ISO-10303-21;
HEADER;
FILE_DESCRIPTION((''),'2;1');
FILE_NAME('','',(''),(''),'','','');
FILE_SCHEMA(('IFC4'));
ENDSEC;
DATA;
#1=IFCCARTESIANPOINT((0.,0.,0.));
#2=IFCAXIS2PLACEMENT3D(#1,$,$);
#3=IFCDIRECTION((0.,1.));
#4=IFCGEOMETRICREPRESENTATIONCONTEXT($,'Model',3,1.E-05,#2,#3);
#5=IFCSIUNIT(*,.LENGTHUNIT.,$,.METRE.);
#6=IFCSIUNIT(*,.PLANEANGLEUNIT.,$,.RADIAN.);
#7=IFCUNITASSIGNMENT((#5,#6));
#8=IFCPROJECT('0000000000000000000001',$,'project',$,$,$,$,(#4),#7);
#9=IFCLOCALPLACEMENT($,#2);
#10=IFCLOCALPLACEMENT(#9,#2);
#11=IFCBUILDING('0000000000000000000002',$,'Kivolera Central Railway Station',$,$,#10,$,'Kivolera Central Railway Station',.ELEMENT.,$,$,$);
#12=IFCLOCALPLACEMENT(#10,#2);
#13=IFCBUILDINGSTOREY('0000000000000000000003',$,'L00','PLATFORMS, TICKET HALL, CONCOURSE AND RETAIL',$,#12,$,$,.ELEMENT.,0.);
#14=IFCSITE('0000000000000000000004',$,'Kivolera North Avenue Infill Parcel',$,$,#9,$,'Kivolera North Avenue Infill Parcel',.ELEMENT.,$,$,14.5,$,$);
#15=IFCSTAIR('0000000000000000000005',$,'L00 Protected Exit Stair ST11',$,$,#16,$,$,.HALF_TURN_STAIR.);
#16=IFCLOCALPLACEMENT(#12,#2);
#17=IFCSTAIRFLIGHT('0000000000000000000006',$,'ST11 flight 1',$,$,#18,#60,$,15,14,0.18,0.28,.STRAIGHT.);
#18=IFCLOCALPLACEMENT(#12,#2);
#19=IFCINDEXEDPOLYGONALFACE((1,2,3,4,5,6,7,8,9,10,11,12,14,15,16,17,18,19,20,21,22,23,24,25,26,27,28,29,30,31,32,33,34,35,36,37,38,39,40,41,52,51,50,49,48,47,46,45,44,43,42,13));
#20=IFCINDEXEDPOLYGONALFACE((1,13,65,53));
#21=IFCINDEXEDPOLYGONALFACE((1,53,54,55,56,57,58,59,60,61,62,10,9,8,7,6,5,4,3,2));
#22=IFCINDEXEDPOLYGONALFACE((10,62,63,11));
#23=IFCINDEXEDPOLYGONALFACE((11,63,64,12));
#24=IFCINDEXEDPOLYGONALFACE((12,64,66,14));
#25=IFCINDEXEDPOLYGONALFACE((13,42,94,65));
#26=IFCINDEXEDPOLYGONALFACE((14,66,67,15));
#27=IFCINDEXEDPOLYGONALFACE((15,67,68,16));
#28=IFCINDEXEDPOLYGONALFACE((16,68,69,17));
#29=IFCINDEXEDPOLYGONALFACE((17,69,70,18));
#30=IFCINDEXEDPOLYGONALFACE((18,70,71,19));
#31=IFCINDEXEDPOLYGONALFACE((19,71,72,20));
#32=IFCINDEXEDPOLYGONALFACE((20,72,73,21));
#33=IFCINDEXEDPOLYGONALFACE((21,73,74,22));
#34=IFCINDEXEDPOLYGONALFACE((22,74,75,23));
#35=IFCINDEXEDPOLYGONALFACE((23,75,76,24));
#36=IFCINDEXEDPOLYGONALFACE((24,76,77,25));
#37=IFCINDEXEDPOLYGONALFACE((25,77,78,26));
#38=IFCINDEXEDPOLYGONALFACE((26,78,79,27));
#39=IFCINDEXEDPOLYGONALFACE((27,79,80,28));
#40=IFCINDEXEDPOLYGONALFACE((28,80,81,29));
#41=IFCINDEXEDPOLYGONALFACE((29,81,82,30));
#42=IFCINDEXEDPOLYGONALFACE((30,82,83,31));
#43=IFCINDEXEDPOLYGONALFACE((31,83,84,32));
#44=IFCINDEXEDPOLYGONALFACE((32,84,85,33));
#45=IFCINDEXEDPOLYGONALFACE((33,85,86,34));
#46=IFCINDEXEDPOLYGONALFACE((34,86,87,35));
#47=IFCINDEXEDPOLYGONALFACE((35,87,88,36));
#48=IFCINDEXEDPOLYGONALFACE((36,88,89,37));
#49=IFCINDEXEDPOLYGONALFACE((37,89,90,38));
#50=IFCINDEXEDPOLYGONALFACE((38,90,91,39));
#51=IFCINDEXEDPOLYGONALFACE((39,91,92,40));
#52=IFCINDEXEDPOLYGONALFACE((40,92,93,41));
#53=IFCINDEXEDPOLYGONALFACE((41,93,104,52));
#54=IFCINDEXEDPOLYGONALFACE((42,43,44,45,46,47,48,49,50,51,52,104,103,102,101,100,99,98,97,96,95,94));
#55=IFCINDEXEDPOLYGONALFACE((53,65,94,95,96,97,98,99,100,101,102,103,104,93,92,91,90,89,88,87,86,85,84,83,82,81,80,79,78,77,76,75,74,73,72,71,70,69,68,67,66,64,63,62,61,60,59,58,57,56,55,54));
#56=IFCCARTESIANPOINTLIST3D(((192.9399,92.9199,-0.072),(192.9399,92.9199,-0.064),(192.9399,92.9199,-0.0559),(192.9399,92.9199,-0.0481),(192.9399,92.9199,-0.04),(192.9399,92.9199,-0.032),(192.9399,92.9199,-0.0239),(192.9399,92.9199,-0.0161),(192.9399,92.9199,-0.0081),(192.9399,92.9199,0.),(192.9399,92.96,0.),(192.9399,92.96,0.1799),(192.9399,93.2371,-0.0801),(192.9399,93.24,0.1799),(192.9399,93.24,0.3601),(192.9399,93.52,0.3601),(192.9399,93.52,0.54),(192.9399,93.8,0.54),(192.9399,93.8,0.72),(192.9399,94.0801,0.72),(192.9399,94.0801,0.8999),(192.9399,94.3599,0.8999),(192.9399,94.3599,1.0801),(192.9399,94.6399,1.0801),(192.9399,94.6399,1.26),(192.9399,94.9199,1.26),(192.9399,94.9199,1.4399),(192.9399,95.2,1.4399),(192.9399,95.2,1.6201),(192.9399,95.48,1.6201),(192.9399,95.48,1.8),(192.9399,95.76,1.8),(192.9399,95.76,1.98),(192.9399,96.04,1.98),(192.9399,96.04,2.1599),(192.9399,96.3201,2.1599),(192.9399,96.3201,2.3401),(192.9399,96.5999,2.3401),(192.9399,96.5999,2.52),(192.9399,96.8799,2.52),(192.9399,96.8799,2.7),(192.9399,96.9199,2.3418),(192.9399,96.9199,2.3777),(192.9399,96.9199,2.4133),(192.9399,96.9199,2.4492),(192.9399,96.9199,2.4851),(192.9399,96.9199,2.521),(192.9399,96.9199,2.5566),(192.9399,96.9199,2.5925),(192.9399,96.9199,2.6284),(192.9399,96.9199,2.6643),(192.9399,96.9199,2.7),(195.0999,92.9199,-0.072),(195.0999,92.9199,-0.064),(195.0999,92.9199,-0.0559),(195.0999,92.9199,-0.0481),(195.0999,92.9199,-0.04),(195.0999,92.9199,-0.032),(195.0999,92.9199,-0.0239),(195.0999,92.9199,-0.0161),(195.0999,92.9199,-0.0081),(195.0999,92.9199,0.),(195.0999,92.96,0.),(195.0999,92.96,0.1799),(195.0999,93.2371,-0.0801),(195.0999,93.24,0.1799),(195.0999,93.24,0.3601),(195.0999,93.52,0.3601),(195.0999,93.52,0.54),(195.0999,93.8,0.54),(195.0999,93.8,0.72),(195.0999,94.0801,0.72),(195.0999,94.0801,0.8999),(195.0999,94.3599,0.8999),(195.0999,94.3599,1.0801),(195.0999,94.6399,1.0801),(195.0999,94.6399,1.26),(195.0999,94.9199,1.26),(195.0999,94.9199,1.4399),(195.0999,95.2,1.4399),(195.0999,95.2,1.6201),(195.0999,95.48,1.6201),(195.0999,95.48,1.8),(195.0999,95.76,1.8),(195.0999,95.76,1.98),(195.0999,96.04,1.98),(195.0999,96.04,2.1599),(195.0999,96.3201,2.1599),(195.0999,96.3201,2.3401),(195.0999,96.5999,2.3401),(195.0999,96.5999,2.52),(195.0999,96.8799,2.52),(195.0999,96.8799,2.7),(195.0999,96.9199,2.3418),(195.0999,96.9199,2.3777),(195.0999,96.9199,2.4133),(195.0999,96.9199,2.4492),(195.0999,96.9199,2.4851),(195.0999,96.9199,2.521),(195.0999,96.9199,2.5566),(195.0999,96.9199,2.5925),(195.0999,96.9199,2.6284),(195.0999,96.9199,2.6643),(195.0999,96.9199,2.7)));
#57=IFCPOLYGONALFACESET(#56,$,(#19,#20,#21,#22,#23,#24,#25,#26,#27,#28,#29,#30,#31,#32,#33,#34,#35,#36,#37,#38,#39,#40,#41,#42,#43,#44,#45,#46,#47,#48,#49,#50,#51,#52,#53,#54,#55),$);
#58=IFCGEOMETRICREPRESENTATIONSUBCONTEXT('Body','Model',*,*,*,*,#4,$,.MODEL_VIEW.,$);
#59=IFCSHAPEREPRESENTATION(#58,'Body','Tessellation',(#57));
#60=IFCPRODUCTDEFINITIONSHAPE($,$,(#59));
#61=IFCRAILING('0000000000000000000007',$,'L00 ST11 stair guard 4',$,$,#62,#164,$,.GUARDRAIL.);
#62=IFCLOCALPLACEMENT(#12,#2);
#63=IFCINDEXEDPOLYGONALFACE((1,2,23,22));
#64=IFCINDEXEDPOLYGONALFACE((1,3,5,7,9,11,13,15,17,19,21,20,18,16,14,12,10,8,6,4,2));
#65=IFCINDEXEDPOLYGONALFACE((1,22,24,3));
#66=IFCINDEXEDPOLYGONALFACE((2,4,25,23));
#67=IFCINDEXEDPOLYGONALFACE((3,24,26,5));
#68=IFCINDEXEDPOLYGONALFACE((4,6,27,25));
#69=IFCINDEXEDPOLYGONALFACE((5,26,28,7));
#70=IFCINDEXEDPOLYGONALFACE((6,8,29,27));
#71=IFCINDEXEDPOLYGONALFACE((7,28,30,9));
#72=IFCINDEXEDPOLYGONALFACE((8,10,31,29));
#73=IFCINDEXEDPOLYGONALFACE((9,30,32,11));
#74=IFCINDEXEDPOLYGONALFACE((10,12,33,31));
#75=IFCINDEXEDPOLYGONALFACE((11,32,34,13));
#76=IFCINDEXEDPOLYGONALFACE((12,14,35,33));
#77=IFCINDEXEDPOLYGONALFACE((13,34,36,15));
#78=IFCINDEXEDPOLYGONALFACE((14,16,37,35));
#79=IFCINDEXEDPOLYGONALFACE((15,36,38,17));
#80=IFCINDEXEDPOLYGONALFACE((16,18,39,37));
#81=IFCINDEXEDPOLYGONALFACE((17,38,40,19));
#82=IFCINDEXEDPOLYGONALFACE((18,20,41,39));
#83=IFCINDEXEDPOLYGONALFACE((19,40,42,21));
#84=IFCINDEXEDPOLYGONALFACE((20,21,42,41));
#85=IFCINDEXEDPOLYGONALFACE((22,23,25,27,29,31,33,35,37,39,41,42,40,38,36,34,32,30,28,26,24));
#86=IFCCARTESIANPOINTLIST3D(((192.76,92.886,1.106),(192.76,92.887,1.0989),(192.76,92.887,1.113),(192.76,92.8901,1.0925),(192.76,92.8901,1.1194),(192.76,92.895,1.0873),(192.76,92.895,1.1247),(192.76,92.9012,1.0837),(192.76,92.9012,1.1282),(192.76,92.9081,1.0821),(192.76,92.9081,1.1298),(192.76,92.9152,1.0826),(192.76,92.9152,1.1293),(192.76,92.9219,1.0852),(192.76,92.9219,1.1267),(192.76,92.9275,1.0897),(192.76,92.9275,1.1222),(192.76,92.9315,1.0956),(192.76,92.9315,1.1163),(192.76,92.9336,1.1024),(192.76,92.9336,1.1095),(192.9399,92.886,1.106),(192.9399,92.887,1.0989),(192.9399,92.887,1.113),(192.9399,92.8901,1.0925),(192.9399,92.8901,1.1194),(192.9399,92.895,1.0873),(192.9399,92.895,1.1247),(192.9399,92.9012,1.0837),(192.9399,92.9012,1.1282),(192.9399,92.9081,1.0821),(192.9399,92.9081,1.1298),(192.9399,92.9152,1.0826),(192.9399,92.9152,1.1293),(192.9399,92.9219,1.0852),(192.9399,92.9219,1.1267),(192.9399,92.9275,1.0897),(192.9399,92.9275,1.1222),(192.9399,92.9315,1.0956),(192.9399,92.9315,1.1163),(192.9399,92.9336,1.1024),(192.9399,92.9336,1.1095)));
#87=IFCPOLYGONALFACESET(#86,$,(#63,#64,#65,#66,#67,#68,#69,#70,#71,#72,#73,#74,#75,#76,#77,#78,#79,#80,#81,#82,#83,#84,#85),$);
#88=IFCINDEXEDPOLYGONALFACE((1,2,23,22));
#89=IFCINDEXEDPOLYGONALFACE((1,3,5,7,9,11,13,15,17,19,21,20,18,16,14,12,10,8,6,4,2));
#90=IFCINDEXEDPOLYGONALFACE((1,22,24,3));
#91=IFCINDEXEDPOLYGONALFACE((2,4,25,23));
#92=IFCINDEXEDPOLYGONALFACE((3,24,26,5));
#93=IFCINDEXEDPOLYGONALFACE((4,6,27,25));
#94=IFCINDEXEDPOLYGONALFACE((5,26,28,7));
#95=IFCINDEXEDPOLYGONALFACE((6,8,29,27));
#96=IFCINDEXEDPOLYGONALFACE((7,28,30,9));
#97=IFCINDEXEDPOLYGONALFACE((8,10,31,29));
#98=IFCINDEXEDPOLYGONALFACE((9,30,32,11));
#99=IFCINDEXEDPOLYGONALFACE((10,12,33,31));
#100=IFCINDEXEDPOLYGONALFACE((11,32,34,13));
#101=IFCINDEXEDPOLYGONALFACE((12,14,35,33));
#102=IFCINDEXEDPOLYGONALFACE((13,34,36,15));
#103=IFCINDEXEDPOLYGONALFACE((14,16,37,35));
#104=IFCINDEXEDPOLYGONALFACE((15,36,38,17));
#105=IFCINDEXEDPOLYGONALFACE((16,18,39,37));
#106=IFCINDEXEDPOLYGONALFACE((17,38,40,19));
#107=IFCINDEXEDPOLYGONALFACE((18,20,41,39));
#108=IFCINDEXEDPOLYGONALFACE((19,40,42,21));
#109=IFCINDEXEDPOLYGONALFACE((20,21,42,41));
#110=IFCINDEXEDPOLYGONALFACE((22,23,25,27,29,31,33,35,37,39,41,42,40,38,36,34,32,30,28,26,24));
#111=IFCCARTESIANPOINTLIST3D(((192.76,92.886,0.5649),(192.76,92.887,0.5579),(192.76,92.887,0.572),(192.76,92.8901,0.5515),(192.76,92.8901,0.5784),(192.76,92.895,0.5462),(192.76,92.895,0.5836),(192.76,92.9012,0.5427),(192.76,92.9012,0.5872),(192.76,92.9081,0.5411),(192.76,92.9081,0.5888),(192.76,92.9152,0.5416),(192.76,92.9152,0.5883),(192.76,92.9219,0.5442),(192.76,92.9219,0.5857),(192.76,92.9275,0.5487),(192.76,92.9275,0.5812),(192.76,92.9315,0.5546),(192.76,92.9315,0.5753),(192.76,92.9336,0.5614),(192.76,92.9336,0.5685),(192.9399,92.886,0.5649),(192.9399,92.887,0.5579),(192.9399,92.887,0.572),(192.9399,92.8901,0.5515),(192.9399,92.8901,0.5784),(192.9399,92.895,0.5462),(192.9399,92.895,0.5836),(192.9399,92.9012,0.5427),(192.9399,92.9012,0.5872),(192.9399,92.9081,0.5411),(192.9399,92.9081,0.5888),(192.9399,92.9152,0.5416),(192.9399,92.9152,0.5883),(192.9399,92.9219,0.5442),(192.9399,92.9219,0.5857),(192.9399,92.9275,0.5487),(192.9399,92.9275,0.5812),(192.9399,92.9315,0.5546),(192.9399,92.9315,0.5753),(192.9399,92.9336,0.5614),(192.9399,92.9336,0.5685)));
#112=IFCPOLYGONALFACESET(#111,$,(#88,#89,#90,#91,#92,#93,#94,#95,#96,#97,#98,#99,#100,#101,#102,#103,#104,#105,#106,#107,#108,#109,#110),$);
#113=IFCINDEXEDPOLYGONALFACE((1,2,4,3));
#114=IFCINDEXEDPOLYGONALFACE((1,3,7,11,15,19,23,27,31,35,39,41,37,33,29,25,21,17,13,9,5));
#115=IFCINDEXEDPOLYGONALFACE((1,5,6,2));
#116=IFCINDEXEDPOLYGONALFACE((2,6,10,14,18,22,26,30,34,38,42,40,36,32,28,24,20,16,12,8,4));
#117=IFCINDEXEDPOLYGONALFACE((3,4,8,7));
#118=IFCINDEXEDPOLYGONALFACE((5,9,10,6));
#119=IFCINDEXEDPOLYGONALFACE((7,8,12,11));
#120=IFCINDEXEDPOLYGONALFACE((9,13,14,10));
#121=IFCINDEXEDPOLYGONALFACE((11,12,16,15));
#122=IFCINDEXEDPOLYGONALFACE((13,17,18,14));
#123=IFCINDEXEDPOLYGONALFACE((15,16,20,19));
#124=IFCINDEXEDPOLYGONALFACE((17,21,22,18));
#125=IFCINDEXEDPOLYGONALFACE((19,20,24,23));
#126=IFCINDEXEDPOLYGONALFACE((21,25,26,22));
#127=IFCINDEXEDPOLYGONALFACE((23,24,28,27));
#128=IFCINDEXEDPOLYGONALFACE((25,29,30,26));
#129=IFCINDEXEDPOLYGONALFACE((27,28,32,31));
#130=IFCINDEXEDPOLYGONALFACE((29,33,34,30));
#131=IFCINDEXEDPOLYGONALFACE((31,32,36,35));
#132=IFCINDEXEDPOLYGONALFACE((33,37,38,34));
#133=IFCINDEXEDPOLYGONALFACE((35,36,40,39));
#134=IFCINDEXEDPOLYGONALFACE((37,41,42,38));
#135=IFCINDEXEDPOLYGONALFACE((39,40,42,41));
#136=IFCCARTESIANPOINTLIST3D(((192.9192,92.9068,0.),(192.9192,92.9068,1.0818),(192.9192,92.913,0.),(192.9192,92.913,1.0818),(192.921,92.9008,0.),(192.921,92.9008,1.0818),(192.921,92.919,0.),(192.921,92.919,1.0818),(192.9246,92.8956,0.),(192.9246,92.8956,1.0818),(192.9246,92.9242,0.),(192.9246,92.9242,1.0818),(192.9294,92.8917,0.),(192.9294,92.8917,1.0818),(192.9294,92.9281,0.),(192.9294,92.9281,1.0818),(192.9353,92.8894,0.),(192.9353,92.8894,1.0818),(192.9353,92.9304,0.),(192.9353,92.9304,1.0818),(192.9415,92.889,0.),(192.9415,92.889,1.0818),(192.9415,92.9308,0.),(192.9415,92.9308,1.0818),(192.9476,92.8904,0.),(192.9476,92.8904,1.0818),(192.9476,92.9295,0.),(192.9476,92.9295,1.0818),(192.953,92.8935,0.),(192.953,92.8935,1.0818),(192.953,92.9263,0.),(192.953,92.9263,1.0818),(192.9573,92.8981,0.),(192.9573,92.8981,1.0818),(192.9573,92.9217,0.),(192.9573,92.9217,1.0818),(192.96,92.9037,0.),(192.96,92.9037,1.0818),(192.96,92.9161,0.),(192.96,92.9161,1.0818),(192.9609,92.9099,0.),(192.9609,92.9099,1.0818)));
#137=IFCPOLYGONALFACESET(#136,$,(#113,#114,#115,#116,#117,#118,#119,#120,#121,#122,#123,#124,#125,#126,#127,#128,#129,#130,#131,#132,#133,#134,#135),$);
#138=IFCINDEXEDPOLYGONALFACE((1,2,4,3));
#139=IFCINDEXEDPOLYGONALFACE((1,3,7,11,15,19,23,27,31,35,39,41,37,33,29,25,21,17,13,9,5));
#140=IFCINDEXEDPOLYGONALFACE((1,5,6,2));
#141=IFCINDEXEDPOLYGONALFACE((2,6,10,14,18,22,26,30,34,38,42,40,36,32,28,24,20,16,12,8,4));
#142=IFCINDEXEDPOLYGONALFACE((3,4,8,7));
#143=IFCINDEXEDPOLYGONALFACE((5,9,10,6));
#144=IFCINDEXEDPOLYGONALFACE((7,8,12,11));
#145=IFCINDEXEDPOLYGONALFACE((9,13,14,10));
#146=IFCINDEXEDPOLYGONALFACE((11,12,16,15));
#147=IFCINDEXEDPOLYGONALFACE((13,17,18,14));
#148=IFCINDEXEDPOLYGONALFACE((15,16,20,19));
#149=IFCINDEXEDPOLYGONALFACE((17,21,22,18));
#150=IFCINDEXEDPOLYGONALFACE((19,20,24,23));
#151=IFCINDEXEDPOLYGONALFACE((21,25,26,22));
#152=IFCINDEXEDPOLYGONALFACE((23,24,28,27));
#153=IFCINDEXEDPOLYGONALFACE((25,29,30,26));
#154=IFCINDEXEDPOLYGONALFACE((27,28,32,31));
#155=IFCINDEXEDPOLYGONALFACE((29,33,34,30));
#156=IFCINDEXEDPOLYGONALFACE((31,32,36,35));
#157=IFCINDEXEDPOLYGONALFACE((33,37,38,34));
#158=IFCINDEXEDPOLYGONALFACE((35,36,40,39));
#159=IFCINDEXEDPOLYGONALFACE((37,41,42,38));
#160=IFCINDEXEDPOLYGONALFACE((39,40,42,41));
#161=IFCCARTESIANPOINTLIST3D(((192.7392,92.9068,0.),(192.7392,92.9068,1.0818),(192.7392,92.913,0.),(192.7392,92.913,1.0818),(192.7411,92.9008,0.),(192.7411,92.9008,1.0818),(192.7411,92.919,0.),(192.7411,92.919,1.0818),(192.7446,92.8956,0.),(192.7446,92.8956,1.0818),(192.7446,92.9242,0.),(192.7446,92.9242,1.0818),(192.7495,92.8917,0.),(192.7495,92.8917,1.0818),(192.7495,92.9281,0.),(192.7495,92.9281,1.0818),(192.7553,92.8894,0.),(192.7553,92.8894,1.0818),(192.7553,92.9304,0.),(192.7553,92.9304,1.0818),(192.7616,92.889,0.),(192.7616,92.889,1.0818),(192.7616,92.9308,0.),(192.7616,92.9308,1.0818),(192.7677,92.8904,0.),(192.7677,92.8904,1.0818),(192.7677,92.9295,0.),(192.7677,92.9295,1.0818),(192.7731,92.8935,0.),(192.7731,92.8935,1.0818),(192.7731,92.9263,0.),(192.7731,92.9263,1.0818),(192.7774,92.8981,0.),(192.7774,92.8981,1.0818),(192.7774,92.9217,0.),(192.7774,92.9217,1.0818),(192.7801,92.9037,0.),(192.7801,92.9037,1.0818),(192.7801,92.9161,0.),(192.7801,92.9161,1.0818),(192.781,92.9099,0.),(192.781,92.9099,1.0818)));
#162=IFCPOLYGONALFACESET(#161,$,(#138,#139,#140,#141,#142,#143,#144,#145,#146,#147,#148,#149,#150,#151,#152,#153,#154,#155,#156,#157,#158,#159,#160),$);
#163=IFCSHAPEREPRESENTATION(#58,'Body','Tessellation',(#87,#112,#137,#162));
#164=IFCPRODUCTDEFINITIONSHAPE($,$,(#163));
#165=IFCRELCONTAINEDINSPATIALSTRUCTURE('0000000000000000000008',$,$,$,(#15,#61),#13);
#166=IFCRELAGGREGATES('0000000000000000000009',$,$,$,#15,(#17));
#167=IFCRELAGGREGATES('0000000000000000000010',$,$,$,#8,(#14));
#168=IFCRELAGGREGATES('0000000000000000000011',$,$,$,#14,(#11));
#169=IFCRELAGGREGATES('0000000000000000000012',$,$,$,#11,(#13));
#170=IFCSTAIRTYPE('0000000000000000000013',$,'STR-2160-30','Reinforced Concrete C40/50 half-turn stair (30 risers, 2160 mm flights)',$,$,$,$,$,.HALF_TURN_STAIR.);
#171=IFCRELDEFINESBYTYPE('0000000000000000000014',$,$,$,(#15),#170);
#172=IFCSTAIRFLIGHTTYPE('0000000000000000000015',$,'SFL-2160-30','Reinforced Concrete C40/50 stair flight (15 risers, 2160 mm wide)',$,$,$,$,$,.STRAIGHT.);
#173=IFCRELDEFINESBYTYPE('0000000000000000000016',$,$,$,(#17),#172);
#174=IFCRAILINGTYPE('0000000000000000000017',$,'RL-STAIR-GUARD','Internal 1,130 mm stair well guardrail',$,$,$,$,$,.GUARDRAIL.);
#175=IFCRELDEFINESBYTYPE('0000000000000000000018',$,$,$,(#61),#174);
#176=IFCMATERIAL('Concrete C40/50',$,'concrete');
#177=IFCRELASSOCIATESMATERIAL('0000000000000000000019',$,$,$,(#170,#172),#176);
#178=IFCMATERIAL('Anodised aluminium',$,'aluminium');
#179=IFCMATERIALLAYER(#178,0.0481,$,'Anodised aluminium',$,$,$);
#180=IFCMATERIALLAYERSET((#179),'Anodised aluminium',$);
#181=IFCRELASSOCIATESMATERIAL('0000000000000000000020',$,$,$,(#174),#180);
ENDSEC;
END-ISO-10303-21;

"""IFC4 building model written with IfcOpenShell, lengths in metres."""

from ifc_helpers import new_model, si_unit, direction, frame, origin, origin_2d, place, context, subcontext, project, spatial, polyline, circle, outline, extrude, material, layer, layer_set, type_object, element, aggregate, save


model = new_model("IFC4")

# Units and contexts
model_context = context("Model", 3, precision=1e-05, world=origin(), true_north=direction((0.0, 1.0)))
body_context = subcontext(model_context, "Body", "Model", "MODEL_VIEW")
ifc_project = project(units=[si_unit("LENGTHUNIT", "METRE"), si_unit("PLANEANGLEUNIT", "RADIAN")], contexts=[model_context])

# Site, building, storey
site_placement = place(None, origin())
site = spatial("IfcSite", under=ifc_project, at=site_placement, Name="Kivolera North Avenue Infill Parcel", LongName="Kivolera North Avenue Infill Parcel", CompositionType="ELEMENT", RefElevation=14.5)
building_placement = place(site_placement, origin())
building = spatial("IfcBuilding", under=site, at=building_placement, Name="Kivolera Central Railway Station", LongName="Kivolera Central Railway Station", CompositionType="ELEMENT")
storey_placement = place(building_placement, origin())
storey = spatial("IfcBuildingStorey", under=building, at=storey_placement, Name="L00", Description="PLATFORMS, TICKET HALL, CONCOURSE AND RETAIL", CompositionType="ELEMENT", Elevation=0.0)

# Shared definitions
ifc_material_1 = material(Name="Concrete C40/50", Category="concrete")

# Shared definitions
ifc_material_2 = material(Name="Anodised aluminium", Category="aluminium")

# Stair, stair flight
stair_type = type_object("IfcStairType", Name="STR-2160-30", Description="Reinforced Concrete C40/50 half-turn stair (30 risers, 2160 mm flights)", PredefinedType="HALF_TURN_STAIR", material=ifc_material_1)
stair_placement = place(storey_placement, origin())
stair = element("IfcStair", 1, at=stair_placement, inside=storey, type_object=stair_type, Name="L00 Protected Exit Stair ST11", PredefinedType="HALF_TURN_STAIR")
stair_flight_type = type_object("IfcStairFlightType", Name="SFL-2160-30", Description="Reinforced Concrete C40/50 stair flight (15 risers, 2160 mm wide)", PredefinedType="STRAIGHT", material=ifc_material_1)
stair_flight_placement = place(storey_placement, frame((194.02, 92.96, 0.0), z_axis=(0.0, 0.0, 1.0), x_axis=(0.0, 1.0, 0.0)))
stair_flight = element("IfcStairFlight", 2, at=stair_flight_placement, type_object=stair_flight_type, Name="ST11 flight 1", NumberOfRisers=15, NumberOfTreads=14, PredefinedType="STRAIGHT", RiserHeight=0.18, TreadLength=0.28, context=body_context, shape_type="SweptSolid", body=[
    extrude(outline(polyline([(-0.04, 0.0), (0.0, 0.0), (0.0, 0.1799), (0.28, 0.1799), (0.28, 0.3601), (0.5601, 0.3601), (0.5601, 0.54), (0.8401, 0.54), (0.8401, 0.72), (1.1201, 0.72), (1.1201, 0.8999), (1.3999, 0.8999), (1.3999, 1.0801), (1.6799, 1.0801), (1.6799, 1.26), (1.96, 1.26), (1.96, 1.4399), (2.24, 1.4399), (2.24, 1.6201), (2.52, 1.6201), (2.52, 1.8), (2.8, 1.8), (2.8, 1.98), (3.0801, 1.98), (3.0801, 2.1599), (3.3601, 2.1599), (3.3601, 2.3401), (3.6399, 2.3401), (3.6399, 2.52), (3.9199, 2.52), (3.9199, 2.7), (3.96, 2.7), (3.96, 2.6643), (3.96, 2.6284), (3.96, 2.5925), (3.96, 2.5566), (3.96, 2.521), (3.96, 2.4851), (3.96, 2.4492), (3.96, 2.4133), (3.96, 2.3777), (3.96, 2.3418), (0.2771, -0.0801), (-0.04, -0.072), (-0.04, -0.064), (-0.04, -0.0559), (-0.04, -0.0481), (-0.04, -0.04), (-0.04, -0.032), (-0.04, -0.0239), (-0.04, -0.0161), (-0.04, -0.0081), (-0.04, 0.0)])), frame((0.0, 1.0801, 0.0), z_axis=(0.0, -1.0, 0.0), x_axis=(1.0, 0.0, 0.0)), (0.0, 0.0, 1.0), 2.1599),
])
aggregate(stair, [stair_flight])

# Railing
ifc_layer_1 = layer(ifc_material_2, 0.0481, Name="Anodised aluminium")
ifc_layer_set_1 = layer_set([ifc_layer_1], Name="Anodised aluminium")
railing_type_1 = type_object("IfcRailingType", Name="RL-STAIR-GUARD", Description="Internal 1,130 mm stair well guardrail", PredefinedType="GUARDRAIL", material=ifc_layer_set_1)
railing_1_placement = place(storey_placement, frame((192.9399, 92.9099, 0.0)))
element("IfcRailing", 3, at=railing_1_placement, inside=storey, type_object=railing_type_1, Name="L00 ST11 stair guard 4", PredefinedType="GUARDRAIL", context=body_context, shape_type="SweptSolid", body=[
    extrude(circle(Radius=0.0239, at=origin_2d()), frame((0.0, 0.0, 1.106), z_axis=(-1.0, 0.0, 0.0), x_axis=(0.0, -1.0, 0.0)), (0.0, 0.0, 1.0), 0.1799),
    extrude(circle(Radius=0.0239, at=origin_2d()), frame((0.0, 0.0, 0.5649), z_axis=(-1.0, 0.0, 0.0), x_axis=(0.0, -1.0, 0.0)), (0.0, 0.0, 1.0), 0.1799),
    extrude(circle(Radius=0.021, at=origin_2d()), origin(), (0.0, 0.0, 1.0), 1.0818),
    extrude(circle(Radius=0.021, at=origin_2d()), frame((-0.1799, 0.0, 0.0)), (0.0, 0.0, 1.0), 1.0818),
])

save(model, "model.ifc")
